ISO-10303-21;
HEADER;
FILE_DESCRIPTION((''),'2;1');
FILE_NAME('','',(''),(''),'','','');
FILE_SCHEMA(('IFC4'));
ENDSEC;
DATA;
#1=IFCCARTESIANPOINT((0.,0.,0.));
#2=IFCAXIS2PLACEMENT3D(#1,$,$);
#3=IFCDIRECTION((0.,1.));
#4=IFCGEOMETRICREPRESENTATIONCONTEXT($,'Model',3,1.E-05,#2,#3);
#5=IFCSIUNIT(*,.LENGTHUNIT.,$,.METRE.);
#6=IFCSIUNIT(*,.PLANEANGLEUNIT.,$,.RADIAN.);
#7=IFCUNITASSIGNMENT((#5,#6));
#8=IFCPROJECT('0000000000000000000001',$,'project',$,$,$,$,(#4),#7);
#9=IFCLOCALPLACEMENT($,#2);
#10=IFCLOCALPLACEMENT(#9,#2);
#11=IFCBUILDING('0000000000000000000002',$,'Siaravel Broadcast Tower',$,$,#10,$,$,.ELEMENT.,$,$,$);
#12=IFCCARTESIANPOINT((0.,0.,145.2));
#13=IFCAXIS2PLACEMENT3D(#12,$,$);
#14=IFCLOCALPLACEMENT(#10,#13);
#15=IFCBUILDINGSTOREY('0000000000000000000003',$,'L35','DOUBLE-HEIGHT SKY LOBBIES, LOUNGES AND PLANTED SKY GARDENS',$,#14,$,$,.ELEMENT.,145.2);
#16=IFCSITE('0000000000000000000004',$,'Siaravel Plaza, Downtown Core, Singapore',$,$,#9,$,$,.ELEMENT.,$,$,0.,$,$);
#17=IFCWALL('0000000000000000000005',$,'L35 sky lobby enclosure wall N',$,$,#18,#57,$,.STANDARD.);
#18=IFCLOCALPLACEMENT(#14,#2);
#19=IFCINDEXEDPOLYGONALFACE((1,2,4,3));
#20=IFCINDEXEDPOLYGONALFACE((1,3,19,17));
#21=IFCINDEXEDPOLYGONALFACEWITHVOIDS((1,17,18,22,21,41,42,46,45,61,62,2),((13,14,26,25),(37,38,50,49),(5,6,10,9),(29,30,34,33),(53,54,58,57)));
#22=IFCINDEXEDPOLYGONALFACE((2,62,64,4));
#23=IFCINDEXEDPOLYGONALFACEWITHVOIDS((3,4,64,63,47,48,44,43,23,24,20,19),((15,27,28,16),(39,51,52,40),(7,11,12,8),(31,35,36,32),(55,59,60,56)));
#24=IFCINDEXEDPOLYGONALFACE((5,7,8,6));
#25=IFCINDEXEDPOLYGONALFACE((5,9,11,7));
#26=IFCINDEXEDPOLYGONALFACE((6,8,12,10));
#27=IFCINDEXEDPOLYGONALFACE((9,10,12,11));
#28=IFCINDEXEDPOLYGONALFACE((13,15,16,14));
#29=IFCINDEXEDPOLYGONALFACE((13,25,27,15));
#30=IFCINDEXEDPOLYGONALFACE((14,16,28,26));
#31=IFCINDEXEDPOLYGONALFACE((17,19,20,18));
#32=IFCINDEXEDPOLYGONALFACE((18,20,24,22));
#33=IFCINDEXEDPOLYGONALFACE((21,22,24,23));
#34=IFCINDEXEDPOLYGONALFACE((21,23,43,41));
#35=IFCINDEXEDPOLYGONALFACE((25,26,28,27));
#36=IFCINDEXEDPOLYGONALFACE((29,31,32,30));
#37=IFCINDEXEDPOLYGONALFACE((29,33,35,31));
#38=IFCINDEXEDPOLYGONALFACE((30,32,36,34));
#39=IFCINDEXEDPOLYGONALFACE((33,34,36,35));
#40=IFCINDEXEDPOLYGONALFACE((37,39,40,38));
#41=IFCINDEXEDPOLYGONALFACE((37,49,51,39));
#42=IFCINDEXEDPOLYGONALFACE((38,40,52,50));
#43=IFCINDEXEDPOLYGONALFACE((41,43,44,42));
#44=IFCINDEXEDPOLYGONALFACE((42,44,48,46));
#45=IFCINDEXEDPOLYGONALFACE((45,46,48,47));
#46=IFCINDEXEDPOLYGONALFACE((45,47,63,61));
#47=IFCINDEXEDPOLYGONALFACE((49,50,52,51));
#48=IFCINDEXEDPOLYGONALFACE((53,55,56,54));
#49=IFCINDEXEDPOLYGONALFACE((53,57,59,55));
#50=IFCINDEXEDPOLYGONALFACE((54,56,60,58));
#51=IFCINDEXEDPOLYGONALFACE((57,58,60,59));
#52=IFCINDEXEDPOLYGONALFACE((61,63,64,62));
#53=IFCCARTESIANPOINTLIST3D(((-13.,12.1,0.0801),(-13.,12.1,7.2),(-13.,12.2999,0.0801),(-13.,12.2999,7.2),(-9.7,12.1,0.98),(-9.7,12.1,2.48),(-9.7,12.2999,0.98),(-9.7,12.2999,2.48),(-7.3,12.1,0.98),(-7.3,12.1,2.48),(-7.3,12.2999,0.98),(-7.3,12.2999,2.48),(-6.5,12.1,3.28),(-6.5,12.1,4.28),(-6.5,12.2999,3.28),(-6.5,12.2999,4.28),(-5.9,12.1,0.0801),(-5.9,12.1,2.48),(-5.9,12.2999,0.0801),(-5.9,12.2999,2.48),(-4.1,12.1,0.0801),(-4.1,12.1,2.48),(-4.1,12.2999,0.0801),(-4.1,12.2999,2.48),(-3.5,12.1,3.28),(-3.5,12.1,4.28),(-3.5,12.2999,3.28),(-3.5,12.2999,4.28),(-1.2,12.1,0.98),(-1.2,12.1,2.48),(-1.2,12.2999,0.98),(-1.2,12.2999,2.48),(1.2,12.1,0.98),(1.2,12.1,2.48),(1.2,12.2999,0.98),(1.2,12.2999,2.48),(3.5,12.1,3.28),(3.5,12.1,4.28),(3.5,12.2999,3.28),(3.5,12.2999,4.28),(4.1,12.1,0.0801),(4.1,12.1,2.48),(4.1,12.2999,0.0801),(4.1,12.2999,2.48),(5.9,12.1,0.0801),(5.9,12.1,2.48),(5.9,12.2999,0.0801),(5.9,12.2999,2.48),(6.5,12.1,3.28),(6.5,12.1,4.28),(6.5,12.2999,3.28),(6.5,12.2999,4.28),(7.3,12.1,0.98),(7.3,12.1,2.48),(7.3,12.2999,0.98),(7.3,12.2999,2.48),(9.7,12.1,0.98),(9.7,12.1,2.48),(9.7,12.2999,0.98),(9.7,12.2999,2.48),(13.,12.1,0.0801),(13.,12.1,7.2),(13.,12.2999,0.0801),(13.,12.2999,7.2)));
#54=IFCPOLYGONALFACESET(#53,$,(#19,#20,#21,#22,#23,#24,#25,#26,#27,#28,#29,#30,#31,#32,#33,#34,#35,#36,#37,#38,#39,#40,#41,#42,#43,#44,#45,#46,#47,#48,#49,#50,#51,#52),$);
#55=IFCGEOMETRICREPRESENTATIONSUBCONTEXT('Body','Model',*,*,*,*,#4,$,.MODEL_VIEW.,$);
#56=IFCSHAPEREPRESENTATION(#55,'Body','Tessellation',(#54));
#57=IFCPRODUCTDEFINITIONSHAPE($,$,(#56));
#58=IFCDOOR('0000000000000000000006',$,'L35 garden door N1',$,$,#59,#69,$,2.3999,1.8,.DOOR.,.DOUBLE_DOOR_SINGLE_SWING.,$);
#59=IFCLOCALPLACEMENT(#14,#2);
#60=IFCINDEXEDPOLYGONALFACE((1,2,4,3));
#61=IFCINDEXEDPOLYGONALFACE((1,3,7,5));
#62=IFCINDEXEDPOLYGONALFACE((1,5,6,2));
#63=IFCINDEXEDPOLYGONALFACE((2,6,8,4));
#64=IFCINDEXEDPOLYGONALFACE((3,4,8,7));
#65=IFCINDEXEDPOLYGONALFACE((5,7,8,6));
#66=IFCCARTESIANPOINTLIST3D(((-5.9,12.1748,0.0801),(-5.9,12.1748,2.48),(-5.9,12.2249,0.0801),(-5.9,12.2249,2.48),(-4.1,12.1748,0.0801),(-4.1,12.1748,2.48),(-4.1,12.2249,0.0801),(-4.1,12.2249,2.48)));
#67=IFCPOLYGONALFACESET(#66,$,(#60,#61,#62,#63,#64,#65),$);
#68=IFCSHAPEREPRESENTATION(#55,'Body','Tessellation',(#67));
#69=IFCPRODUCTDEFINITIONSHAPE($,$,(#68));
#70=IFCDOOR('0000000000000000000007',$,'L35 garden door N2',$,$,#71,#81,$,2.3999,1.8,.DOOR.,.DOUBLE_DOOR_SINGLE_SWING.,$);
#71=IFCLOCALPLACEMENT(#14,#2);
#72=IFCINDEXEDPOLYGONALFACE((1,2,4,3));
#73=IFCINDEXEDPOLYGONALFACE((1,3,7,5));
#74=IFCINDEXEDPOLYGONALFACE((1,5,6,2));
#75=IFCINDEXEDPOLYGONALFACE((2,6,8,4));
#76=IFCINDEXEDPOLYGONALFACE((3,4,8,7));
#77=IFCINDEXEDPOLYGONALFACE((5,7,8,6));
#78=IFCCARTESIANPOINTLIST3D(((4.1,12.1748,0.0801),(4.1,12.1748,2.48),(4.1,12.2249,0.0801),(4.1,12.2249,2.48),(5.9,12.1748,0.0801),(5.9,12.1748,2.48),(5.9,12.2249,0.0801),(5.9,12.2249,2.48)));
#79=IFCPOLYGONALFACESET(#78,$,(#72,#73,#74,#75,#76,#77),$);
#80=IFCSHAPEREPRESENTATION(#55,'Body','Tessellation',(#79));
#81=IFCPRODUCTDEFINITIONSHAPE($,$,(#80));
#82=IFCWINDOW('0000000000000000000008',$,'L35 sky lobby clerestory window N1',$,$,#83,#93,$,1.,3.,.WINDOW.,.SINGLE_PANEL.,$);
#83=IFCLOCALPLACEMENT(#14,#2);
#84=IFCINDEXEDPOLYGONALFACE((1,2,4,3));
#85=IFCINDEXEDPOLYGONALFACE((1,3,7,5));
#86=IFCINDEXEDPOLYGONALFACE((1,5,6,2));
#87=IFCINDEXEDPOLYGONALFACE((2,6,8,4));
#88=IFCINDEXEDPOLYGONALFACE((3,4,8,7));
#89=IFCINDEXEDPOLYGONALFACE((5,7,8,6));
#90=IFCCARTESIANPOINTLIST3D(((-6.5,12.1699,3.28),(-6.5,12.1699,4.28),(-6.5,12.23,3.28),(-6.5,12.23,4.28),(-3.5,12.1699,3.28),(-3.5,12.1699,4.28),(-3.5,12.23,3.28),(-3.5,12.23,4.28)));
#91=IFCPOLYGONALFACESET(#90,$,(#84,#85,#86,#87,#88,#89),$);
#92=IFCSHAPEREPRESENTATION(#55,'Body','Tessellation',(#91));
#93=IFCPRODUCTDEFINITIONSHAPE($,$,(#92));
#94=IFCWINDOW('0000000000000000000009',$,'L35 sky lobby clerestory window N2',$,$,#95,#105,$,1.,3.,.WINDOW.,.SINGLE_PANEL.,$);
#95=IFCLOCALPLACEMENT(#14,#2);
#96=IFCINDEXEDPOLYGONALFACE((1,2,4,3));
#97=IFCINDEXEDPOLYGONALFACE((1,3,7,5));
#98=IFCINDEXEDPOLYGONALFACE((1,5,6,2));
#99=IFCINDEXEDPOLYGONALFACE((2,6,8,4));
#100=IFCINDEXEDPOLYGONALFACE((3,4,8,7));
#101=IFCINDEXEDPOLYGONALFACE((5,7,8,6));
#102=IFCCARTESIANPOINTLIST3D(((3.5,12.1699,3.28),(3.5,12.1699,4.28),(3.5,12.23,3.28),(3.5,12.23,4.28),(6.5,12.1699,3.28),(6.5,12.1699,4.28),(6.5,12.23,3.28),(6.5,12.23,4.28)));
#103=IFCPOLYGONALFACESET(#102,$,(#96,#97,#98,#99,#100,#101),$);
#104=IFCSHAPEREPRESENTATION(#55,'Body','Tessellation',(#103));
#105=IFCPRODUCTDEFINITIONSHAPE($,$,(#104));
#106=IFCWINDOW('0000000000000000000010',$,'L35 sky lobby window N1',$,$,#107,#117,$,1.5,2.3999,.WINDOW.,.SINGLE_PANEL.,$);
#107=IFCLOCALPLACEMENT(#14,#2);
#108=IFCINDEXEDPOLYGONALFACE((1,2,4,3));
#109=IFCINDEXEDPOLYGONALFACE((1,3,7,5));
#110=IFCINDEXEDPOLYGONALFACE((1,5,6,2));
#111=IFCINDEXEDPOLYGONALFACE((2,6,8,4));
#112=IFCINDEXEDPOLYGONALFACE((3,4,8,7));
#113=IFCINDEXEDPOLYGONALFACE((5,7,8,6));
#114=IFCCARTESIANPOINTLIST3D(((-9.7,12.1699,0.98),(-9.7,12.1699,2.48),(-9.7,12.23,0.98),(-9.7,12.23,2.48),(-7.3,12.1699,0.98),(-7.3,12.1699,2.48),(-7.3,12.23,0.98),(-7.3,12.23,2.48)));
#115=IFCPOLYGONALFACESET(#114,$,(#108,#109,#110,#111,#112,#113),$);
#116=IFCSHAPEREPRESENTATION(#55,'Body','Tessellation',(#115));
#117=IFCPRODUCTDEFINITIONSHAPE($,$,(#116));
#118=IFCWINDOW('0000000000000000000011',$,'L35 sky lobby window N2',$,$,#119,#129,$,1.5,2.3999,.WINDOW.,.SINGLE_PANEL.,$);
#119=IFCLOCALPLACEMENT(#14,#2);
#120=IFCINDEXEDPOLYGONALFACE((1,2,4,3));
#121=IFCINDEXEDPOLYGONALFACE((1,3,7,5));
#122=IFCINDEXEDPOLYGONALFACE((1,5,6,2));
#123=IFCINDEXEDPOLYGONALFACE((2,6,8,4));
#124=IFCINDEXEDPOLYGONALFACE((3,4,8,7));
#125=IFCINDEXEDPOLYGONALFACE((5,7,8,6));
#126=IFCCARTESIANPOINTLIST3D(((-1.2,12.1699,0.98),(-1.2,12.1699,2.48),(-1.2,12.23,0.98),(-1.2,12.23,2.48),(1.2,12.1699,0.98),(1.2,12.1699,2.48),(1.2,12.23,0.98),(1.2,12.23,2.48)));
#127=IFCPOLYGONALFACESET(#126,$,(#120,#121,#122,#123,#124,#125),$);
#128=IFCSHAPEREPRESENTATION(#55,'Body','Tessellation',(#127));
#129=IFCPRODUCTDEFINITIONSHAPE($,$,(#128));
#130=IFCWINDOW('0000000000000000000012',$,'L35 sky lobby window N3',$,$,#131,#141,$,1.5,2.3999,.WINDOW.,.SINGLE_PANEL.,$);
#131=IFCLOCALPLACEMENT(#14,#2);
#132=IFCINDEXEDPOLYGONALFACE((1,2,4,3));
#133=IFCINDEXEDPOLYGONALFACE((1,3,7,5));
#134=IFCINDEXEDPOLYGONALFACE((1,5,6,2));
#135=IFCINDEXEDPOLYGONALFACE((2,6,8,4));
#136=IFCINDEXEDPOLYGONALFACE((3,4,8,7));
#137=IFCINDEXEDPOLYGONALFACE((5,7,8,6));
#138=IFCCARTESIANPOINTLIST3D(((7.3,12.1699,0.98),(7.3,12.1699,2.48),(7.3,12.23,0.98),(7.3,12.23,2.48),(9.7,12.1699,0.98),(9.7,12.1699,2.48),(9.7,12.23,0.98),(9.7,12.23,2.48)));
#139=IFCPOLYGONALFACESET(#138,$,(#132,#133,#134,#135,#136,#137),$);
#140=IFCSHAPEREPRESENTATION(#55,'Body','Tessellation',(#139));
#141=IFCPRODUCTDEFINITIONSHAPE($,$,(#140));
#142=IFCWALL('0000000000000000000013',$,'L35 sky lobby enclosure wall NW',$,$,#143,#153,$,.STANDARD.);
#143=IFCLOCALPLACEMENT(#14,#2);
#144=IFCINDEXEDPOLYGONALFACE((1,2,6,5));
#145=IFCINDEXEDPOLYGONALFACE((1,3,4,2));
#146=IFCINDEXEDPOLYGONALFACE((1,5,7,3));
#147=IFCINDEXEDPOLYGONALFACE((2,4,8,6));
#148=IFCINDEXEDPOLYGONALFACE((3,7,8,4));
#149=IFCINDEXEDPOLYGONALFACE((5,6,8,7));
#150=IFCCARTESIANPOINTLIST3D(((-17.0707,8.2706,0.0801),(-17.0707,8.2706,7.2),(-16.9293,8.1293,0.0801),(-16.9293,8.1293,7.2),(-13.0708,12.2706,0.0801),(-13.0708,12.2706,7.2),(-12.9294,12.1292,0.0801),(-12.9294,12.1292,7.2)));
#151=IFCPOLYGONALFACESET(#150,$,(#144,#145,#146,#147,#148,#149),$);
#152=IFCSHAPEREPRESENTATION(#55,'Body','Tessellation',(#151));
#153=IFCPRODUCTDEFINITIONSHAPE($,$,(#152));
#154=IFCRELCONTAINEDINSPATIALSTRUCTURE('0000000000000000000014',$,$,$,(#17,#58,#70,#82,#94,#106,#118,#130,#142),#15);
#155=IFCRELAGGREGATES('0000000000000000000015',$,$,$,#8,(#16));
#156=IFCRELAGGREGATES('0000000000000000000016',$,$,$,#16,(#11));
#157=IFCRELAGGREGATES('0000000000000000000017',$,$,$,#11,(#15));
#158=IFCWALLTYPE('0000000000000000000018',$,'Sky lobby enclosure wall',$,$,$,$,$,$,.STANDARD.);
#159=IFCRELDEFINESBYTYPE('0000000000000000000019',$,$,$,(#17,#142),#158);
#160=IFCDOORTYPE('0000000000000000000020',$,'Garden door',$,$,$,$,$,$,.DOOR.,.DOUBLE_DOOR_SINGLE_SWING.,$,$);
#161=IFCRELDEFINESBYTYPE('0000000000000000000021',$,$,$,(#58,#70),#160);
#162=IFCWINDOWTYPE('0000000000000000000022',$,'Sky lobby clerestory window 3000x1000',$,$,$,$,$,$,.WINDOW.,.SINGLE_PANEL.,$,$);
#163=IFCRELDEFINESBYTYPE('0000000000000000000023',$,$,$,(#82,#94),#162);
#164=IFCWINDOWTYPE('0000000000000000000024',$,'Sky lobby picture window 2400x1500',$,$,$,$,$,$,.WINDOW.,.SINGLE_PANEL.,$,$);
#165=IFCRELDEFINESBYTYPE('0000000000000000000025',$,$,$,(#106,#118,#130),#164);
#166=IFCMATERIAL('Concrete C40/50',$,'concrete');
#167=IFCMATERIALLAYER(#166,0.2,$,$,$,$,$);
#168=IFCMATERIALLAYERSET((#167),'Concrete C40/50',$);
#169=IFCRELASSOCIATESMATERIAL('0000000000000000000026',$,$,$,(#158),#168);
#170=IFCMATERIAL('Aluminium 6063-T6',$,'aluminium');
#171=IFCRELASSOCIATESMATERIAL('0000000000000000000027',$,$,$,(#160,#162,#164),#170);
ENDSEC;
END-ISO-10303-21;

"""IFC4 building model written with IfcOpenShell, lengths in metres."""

from ifc_helpers import new_model, si_unit, direction, frame, frame_2d, origin, place, context, subcontext, project, spatial, rectangle, extrude, material, layer, layer_set, type_object, element, fill, save


model = new_model("IFC4")

# Units and contexts
model_context = context("Model", 3, precision=1e-05, world=origin(), true_north=direction((0.0, 1.0)))
body_context = subcontext(model_context, "Body", "Model", "MODEL_VIEW")
ifc_project = project(units=[si_unit("LENGTHUNIT", "METRE"), si_unit("PLANEANGLEUNIT", "RADIAN")], contexts=[model_context])

# Site, building, storey
site_placement = place(None, origin())
site = spatial("IfcSite", under=ifc_project, at=site_placement, Name="Siaravel Plaza, Downtown Core, Singapore", CompositionType="ELEMENT", RefElevation=0.0)
building_placement = place(site_placement, origin())
building = spatial("IfcBuilding", under=site, at=building_placement, Name="Siaravel Broadcast Tower", CompositionType="ELEMENT")
storey_placement = place(building_placement, frame((0.0, 0.0, 145.2)))
storey = spatial("IfcBuildingStorey", under=building, at=storey_placement, Name="L35", Description="DOUBLE-HEIGHT SKY LOBBIES, LOUNGES AND PLANTED SKY GARDENS", CompositionType="ELEMENT", Elevation=145.2)

# Wall, openings, doors, windows
ifc_material_1 = material(Name="Concrete C40/50", Category="concrete")
ifc_layer_1 = layer(ifc_material_1, 0.2)
ifc_layer_set_1 = layer_set([ifc_layer_1], Name="Concrete C40/50")
wall_type_1 = type_object("IfcWallType", Name="Sky lobby enclosure wall", PredefinedType="STANDARD", material=ifc_layer_set_1)
wall_1_placement = place(storey_placement, frame((-13.0, 12.2, 0.0801), z_axis=(0.0, 0.0, 1.0), x_axis=(1.0, 0.0, 0.0)))
wall_1 = element("IfcWall", 1, at=wall_1_placement, inside=storey, type_object=wall_type_1, Name="L35 sky lobby enclosure wall N", PredefinedType="STANDARD", context=body_context, shape_type="SweptSolid", body=[
    extrude(rectangle(XDim=26.0, YDim=0.2, at=frame_2d((13.0, 0.0))), origin(), (0.0, 0.0, 1.0), 7.1199),
])
opening_1_placement = place(wall_1_placement, frame((7.1001, 0.0, 0.0)))
opening_1 = element("IfcOpeningElement", 2, at=opening_1_placement, cuts=wall_1, PredefinedType="OPENING", context=body_context, shape_type="SweptSolid", body=[
    extrude(rectangle(XDim=1.8, YDim=2.3999, at=frame_2d((0.8999, 1.2))), frame((0.0, 0.1099, 0.0), z_axis=(0.0, -1.0, 0.0), x_axis=(1.0, 0.0, 0.0)), (0.0, 0.0, 1.0), 0.22),
])
opening_2_placement = place(wall_1_placement, frame((17.1001, 0.0, 0.0)))
opening_2 = element("IfcOpeningElement", 3, at=opening_2_placement, cuts=wall_1, PredefinedType="OPENING", context=body_context, shape_type="SweptSolid", body=[
    extrude(rectangle(XDim=1.8, YDim=2.3999, at=frame_2d((0.8999, 1.2))), frame((0.0, 0.1099, 0.0), z_axis=(0.0, -1.0, 0.0), x_axis=(1.0, 0.0, 0.0)), (0.0, 0.0, 1.0), 0.22),
])
opening_3_placement = place(wall_1_placement, frame((3.3, 0.0, 0.8999)))
opening_3 = element("IfcOpeningElement", 4, at=opening_3_placement, cuts=wall_1, PredefinedType="OPENING", context=body_context, shape_type="SweptSolid", body=[
    extrude(rectangle(XDim=2.3999, YDim=1.5, at=frame_2d((1.2, 0.75))), frame((0.0, 0.1099, 0.0), z_axis=(0.0, -1.0, 0.0), x_axis=(1.0, 0.0, 0.0)), (0.0, 0.0, 1.0), 0.22),
])
opening_4_placement = place(wall_1_placement, frame((11.8, 0.0, 0.8999)))
opening_4 = element("IfcOpeningElement", 5, at=opening_4_placement, cuts=wall_1, PredefinedType="OPENING", context=body_context, shape_type="SweptSolid", body=[
    extrude(rectangle(XDim=2.3999, YDim=1.5, at=frame_2d((1.2, 0.75))), frame((0.0, 0.1099, 0.0), z_axis=(0.0, -1.0, 0.0), x_axis=(1.0, 0.0, 0.0)), (0.0, 0.0, 1.0), 0.22),
])
opening_5_placement = place(wall_1_placement, frame((20.3, 0.0, 0.8999)))
opening_5 = element("IfcOpeningElement", 6, at=opening_5_placement, cuts=wall_1, PredefinedType="OPENING", context=body_context, shape_type="SweptSolid", body=[
    extrude(rectangle(XDim=2.3999, YDim=1.5, at=frame_2d((1.2, 0.75))), frame((0.0, 0.1099, 0.0), z_axis=(0.0, -1.0, 0.0), x_axis=(1.0, 0.0, 0.0)), (0.0, 0.0, 1.0), 0.22),
])
opening_6_placement = place(wall_1_placement, frame((6.5, 0.0, 3.2)))
opening_6 = element("IfcOpeningElement", 7, at=opening_6_placement, cuts=wall_1, PredefinedType="OPENING", context=body_context, shape_type="SweptSolid", body=[
    extrude(rectangle(XDim=3.0, YDim=1.0, at=frame_2d((1.5, 0.5))), frame((0.0, 0.1099, 0.0), z_axis=(0.0, -1.0, 0.0), x_axis=(1.0, 0.0, 0.0)), (0.0, 0.0, 1.0), 0.22),
])
opening_7_placement = place(wall_1_placement, frame((16.5, 0.0, 3.2)))
opening_7 = element("IfcOpeningElement", 8, at=opening_7_placement, cuts=wall_1, PredefinedType="OPENING", context=body_context, shape_type="SweptSolid", body=[
    extrude(rectangle(XDim=3.0, YDim=1.0, at=frame_2d((1.5, 0.5))), frame((0.0, 0.1099, 0.0), z_axis=(0.0, -1.0, 0.0), x_axis=(1.0, 0.0, 0.0)), (0.0, 0.0, 1.0), 0.22),
])
ifc_material_2 = material(Name="Aluminium 6063-T6", Category="aluminium")
door_type = type_object("IfcDoorType", Name="Garden door", OperationType="DOUBLE_DOOR_SINGLE_SWING", PredefinedType="DOOR", material=ifc_material_2)
door_1_placement = place(opening_1_placement, origin())
door_1 = element("IfcDoor", 9, at=door_1_placement, inside=storey, type_object=door_type, Name="L35 garden door N1", OperationType="DOUBLE_DOOR_SINGLE_SWING", OverallHeight=2.3999, OverallWidth=1.8, PredefinedType="DOOR", context=body_context, shape_type="SweptSolid", body=[
    extrude(rectangle(XDim=1.8, YDim=2.3999, at=frame_2d((0.8999, 1.2))), frame((0.0, 0.0249, 0.0), z_axis=(0.0, -1.0, 0.0), x_axis=(1.0, 0.0, 0.0)), (0.0, 0.0, 1.0), 0.05),
])
fill(opening_1, door_1)
door_2_placement = place(opening_2_placement, origin())
door_2 = element("IfcDoor", 10, at=door_2_placement, inside=storey, type_object=door_type, Name="L35 garden door N2", OperationType="DOUBLE_DOOR_SINGLE_SWING", OverallHeight=2.3999, OverallWidth=1.8, PredefinedType="DOOR", context=body_context, shape_type="SweptSolid", body=[
    extrude(rectangle(XDim=1.8, YDim=2.3999, at=frame_2d((0.8999, 1.2))), frame((0.0, 0.0249, 0.0), z_axis=(0.0, -1.0, 0.0), x_axis=(1.0, 0.0, 0.0)), (0.0, 0.0, 1.0), 0.05),
])
fill(opening_2, door_2)
window_type_1 = type_object("IfcWindowType", Name="Sky lobby clerestory window 3000x1000", PartitioningType="SINGLE_PANEL", PredefinedType="WINDOW", material=ifc_material_2)
window_1_placement = place(opening_6_placement, origin())
window_1 = element("IfcWindow", 11, at=window_1_placement, inside=storey, type_object=window_type_1, Name="L35 sky lobby clerestory window N1", OverallHeight=1.0, OverallWidth=3.0, PartitioningType="SINGLE_PANEL", PredefinedType="WINDOW", context=body_context, shape_type="SweptSolid", body=[
    extrude(rectangle(XDim=3.0, YDim=1.0, at=frame_2d((1.5, 0.5))), frame((0.0, 0.03, 0.0), z_axis=(0.0, -1.0, 0.0), x_axis=(1.0, 0.0, 0.0)), (0.0, 0.0, 1.0), 0.0601),
])
fill(opening_6, window_1)
window_2_placement = place(opening_7_placement, origin())
window_2 = element("IfcWindow", 12, at=window_2_placement, inside=storey, type_object=window_type_1, Name="L35 sky lobby clerestory window N2", OverallHeight=1.0, OverallWidth=3.0, PartitioningType="SINGLE_PANEL", PredefinedType="WINDOW", context=body_context, shape_type="SweptSolid", body=[
    extrude(rectangle(XDim=3.0, YDim=1.0, at=frame_2d((1.5, 0.5))), frame((0.0, 0.03, 0.0), z_axis=(0.0, -1.0, 0.0), x_axis=(1.0, 0.0, 0.0)), (0.0, 0.0, 1.0), 0.0601),
])
fill(opening_7, window_2)
window_type_2 = type_object("IfcWindowType", Name="Sky lobby picture window 2400x1500", PartitioningType="SINGLE_PANEL", PredefinedType="WINDOW", material=ifc_material_2)
window_3_placement = place(opening_3_placement, origin())
window_3 = element("IfcWindow", 13, at=window_3_placement, inside=storey, type_object=window_type_2, Name="L35 sky lobby window N1", OverallHeight=1.5, OverallWidth=2.3999, PartitioningType="SINGLE_PANEL", PredefinedType="WINDOW", context=body_context, shape_type="SweptSolid", body=[
    extrude(rectangle(XDim=2.3999, YDim=1.5, at=frame_2d((1.2, 0.75))), frame((0.0, 0.03, 0.0), z_axis=(0.0, -1.0, 0.0), x_axis=(1.0, 0.0, 0.0)), (0.0, 0.0, 1.0), 0.0601),
])
fill(opening_3, window_3)
window_4_placement = place(opening_4_placement, origin())
window_4 = element("IfcWindow", 14, at=window_4_placement, inside=storey, type_object=window_type_2, Name="L35 sky lobby window N2", OverallHeight=1.5, OverallWidth=2.3999, PartitioningType="SINGLE_PANEL", PredefinedType="WINDOW", context=body_context, shape_type="SweptSolid", body=[
    extrude(rectangle(XDim=2.3999, YDim=1.5, at=frame_2d((1.2, 0.75))), frame((0.0, 0.03, 0.0), z_axis=(0.0, -1.0, 0.0), x_axis=(1.0, 0.0, 0.0)), (0.0, 0.0, 1.0), 0.0601),
])
fill(opening_4, window_4)
window_5_placement = place(opening_5_placement, origin())
window_5 = element("IfcWindow", 15, at=window_5_placement, inside=storey, type_object=window_type_2, Name="L35 sky lobby window N3", OverallHeight=1.5, OverallWidth=2.3999, PartitioningType="SINGLE_PANEL", PredefinedType="WINDOW", context=body_context, shape_type="SweptSolid", body=[
    extrude(rectangle(XDim=2.3999, YDim=1.5, at=frame_2d((1.2, 0.75))), frame((0.0, 0.03, 0.0), z_axis=(0.0, -1.0, 0.0), x_axis=(1.0, 0.0, 0.0)), (0.0, 0.0, 1.0), 0.0601),
])
fill(opening_5, window_5)

# Wall
wall_2_placement = place(storey_placement, frame((-17.0, 8.2, 0.0801), z_axis=(0.0, 0.0, 1.0), x_axis=(0.707107, 0.707107, 0.0)))
element("IfcWall", 16, at=wall_2_placement, inside=storey, type_object=wall_type_1, Name="L35 sky lobby enclosure wall NW", PredefinedType="STANDARD", context=body_context, shape_type="SweptSolid", body=[
    extrude(rectangle(XDim=5.6567, YDim=0.2, at=frame_2d((2.8284, 0.0))), origin(), (0.0, 0.0, 1.0), 7.1199),
])

save(model, "model.ifc")
